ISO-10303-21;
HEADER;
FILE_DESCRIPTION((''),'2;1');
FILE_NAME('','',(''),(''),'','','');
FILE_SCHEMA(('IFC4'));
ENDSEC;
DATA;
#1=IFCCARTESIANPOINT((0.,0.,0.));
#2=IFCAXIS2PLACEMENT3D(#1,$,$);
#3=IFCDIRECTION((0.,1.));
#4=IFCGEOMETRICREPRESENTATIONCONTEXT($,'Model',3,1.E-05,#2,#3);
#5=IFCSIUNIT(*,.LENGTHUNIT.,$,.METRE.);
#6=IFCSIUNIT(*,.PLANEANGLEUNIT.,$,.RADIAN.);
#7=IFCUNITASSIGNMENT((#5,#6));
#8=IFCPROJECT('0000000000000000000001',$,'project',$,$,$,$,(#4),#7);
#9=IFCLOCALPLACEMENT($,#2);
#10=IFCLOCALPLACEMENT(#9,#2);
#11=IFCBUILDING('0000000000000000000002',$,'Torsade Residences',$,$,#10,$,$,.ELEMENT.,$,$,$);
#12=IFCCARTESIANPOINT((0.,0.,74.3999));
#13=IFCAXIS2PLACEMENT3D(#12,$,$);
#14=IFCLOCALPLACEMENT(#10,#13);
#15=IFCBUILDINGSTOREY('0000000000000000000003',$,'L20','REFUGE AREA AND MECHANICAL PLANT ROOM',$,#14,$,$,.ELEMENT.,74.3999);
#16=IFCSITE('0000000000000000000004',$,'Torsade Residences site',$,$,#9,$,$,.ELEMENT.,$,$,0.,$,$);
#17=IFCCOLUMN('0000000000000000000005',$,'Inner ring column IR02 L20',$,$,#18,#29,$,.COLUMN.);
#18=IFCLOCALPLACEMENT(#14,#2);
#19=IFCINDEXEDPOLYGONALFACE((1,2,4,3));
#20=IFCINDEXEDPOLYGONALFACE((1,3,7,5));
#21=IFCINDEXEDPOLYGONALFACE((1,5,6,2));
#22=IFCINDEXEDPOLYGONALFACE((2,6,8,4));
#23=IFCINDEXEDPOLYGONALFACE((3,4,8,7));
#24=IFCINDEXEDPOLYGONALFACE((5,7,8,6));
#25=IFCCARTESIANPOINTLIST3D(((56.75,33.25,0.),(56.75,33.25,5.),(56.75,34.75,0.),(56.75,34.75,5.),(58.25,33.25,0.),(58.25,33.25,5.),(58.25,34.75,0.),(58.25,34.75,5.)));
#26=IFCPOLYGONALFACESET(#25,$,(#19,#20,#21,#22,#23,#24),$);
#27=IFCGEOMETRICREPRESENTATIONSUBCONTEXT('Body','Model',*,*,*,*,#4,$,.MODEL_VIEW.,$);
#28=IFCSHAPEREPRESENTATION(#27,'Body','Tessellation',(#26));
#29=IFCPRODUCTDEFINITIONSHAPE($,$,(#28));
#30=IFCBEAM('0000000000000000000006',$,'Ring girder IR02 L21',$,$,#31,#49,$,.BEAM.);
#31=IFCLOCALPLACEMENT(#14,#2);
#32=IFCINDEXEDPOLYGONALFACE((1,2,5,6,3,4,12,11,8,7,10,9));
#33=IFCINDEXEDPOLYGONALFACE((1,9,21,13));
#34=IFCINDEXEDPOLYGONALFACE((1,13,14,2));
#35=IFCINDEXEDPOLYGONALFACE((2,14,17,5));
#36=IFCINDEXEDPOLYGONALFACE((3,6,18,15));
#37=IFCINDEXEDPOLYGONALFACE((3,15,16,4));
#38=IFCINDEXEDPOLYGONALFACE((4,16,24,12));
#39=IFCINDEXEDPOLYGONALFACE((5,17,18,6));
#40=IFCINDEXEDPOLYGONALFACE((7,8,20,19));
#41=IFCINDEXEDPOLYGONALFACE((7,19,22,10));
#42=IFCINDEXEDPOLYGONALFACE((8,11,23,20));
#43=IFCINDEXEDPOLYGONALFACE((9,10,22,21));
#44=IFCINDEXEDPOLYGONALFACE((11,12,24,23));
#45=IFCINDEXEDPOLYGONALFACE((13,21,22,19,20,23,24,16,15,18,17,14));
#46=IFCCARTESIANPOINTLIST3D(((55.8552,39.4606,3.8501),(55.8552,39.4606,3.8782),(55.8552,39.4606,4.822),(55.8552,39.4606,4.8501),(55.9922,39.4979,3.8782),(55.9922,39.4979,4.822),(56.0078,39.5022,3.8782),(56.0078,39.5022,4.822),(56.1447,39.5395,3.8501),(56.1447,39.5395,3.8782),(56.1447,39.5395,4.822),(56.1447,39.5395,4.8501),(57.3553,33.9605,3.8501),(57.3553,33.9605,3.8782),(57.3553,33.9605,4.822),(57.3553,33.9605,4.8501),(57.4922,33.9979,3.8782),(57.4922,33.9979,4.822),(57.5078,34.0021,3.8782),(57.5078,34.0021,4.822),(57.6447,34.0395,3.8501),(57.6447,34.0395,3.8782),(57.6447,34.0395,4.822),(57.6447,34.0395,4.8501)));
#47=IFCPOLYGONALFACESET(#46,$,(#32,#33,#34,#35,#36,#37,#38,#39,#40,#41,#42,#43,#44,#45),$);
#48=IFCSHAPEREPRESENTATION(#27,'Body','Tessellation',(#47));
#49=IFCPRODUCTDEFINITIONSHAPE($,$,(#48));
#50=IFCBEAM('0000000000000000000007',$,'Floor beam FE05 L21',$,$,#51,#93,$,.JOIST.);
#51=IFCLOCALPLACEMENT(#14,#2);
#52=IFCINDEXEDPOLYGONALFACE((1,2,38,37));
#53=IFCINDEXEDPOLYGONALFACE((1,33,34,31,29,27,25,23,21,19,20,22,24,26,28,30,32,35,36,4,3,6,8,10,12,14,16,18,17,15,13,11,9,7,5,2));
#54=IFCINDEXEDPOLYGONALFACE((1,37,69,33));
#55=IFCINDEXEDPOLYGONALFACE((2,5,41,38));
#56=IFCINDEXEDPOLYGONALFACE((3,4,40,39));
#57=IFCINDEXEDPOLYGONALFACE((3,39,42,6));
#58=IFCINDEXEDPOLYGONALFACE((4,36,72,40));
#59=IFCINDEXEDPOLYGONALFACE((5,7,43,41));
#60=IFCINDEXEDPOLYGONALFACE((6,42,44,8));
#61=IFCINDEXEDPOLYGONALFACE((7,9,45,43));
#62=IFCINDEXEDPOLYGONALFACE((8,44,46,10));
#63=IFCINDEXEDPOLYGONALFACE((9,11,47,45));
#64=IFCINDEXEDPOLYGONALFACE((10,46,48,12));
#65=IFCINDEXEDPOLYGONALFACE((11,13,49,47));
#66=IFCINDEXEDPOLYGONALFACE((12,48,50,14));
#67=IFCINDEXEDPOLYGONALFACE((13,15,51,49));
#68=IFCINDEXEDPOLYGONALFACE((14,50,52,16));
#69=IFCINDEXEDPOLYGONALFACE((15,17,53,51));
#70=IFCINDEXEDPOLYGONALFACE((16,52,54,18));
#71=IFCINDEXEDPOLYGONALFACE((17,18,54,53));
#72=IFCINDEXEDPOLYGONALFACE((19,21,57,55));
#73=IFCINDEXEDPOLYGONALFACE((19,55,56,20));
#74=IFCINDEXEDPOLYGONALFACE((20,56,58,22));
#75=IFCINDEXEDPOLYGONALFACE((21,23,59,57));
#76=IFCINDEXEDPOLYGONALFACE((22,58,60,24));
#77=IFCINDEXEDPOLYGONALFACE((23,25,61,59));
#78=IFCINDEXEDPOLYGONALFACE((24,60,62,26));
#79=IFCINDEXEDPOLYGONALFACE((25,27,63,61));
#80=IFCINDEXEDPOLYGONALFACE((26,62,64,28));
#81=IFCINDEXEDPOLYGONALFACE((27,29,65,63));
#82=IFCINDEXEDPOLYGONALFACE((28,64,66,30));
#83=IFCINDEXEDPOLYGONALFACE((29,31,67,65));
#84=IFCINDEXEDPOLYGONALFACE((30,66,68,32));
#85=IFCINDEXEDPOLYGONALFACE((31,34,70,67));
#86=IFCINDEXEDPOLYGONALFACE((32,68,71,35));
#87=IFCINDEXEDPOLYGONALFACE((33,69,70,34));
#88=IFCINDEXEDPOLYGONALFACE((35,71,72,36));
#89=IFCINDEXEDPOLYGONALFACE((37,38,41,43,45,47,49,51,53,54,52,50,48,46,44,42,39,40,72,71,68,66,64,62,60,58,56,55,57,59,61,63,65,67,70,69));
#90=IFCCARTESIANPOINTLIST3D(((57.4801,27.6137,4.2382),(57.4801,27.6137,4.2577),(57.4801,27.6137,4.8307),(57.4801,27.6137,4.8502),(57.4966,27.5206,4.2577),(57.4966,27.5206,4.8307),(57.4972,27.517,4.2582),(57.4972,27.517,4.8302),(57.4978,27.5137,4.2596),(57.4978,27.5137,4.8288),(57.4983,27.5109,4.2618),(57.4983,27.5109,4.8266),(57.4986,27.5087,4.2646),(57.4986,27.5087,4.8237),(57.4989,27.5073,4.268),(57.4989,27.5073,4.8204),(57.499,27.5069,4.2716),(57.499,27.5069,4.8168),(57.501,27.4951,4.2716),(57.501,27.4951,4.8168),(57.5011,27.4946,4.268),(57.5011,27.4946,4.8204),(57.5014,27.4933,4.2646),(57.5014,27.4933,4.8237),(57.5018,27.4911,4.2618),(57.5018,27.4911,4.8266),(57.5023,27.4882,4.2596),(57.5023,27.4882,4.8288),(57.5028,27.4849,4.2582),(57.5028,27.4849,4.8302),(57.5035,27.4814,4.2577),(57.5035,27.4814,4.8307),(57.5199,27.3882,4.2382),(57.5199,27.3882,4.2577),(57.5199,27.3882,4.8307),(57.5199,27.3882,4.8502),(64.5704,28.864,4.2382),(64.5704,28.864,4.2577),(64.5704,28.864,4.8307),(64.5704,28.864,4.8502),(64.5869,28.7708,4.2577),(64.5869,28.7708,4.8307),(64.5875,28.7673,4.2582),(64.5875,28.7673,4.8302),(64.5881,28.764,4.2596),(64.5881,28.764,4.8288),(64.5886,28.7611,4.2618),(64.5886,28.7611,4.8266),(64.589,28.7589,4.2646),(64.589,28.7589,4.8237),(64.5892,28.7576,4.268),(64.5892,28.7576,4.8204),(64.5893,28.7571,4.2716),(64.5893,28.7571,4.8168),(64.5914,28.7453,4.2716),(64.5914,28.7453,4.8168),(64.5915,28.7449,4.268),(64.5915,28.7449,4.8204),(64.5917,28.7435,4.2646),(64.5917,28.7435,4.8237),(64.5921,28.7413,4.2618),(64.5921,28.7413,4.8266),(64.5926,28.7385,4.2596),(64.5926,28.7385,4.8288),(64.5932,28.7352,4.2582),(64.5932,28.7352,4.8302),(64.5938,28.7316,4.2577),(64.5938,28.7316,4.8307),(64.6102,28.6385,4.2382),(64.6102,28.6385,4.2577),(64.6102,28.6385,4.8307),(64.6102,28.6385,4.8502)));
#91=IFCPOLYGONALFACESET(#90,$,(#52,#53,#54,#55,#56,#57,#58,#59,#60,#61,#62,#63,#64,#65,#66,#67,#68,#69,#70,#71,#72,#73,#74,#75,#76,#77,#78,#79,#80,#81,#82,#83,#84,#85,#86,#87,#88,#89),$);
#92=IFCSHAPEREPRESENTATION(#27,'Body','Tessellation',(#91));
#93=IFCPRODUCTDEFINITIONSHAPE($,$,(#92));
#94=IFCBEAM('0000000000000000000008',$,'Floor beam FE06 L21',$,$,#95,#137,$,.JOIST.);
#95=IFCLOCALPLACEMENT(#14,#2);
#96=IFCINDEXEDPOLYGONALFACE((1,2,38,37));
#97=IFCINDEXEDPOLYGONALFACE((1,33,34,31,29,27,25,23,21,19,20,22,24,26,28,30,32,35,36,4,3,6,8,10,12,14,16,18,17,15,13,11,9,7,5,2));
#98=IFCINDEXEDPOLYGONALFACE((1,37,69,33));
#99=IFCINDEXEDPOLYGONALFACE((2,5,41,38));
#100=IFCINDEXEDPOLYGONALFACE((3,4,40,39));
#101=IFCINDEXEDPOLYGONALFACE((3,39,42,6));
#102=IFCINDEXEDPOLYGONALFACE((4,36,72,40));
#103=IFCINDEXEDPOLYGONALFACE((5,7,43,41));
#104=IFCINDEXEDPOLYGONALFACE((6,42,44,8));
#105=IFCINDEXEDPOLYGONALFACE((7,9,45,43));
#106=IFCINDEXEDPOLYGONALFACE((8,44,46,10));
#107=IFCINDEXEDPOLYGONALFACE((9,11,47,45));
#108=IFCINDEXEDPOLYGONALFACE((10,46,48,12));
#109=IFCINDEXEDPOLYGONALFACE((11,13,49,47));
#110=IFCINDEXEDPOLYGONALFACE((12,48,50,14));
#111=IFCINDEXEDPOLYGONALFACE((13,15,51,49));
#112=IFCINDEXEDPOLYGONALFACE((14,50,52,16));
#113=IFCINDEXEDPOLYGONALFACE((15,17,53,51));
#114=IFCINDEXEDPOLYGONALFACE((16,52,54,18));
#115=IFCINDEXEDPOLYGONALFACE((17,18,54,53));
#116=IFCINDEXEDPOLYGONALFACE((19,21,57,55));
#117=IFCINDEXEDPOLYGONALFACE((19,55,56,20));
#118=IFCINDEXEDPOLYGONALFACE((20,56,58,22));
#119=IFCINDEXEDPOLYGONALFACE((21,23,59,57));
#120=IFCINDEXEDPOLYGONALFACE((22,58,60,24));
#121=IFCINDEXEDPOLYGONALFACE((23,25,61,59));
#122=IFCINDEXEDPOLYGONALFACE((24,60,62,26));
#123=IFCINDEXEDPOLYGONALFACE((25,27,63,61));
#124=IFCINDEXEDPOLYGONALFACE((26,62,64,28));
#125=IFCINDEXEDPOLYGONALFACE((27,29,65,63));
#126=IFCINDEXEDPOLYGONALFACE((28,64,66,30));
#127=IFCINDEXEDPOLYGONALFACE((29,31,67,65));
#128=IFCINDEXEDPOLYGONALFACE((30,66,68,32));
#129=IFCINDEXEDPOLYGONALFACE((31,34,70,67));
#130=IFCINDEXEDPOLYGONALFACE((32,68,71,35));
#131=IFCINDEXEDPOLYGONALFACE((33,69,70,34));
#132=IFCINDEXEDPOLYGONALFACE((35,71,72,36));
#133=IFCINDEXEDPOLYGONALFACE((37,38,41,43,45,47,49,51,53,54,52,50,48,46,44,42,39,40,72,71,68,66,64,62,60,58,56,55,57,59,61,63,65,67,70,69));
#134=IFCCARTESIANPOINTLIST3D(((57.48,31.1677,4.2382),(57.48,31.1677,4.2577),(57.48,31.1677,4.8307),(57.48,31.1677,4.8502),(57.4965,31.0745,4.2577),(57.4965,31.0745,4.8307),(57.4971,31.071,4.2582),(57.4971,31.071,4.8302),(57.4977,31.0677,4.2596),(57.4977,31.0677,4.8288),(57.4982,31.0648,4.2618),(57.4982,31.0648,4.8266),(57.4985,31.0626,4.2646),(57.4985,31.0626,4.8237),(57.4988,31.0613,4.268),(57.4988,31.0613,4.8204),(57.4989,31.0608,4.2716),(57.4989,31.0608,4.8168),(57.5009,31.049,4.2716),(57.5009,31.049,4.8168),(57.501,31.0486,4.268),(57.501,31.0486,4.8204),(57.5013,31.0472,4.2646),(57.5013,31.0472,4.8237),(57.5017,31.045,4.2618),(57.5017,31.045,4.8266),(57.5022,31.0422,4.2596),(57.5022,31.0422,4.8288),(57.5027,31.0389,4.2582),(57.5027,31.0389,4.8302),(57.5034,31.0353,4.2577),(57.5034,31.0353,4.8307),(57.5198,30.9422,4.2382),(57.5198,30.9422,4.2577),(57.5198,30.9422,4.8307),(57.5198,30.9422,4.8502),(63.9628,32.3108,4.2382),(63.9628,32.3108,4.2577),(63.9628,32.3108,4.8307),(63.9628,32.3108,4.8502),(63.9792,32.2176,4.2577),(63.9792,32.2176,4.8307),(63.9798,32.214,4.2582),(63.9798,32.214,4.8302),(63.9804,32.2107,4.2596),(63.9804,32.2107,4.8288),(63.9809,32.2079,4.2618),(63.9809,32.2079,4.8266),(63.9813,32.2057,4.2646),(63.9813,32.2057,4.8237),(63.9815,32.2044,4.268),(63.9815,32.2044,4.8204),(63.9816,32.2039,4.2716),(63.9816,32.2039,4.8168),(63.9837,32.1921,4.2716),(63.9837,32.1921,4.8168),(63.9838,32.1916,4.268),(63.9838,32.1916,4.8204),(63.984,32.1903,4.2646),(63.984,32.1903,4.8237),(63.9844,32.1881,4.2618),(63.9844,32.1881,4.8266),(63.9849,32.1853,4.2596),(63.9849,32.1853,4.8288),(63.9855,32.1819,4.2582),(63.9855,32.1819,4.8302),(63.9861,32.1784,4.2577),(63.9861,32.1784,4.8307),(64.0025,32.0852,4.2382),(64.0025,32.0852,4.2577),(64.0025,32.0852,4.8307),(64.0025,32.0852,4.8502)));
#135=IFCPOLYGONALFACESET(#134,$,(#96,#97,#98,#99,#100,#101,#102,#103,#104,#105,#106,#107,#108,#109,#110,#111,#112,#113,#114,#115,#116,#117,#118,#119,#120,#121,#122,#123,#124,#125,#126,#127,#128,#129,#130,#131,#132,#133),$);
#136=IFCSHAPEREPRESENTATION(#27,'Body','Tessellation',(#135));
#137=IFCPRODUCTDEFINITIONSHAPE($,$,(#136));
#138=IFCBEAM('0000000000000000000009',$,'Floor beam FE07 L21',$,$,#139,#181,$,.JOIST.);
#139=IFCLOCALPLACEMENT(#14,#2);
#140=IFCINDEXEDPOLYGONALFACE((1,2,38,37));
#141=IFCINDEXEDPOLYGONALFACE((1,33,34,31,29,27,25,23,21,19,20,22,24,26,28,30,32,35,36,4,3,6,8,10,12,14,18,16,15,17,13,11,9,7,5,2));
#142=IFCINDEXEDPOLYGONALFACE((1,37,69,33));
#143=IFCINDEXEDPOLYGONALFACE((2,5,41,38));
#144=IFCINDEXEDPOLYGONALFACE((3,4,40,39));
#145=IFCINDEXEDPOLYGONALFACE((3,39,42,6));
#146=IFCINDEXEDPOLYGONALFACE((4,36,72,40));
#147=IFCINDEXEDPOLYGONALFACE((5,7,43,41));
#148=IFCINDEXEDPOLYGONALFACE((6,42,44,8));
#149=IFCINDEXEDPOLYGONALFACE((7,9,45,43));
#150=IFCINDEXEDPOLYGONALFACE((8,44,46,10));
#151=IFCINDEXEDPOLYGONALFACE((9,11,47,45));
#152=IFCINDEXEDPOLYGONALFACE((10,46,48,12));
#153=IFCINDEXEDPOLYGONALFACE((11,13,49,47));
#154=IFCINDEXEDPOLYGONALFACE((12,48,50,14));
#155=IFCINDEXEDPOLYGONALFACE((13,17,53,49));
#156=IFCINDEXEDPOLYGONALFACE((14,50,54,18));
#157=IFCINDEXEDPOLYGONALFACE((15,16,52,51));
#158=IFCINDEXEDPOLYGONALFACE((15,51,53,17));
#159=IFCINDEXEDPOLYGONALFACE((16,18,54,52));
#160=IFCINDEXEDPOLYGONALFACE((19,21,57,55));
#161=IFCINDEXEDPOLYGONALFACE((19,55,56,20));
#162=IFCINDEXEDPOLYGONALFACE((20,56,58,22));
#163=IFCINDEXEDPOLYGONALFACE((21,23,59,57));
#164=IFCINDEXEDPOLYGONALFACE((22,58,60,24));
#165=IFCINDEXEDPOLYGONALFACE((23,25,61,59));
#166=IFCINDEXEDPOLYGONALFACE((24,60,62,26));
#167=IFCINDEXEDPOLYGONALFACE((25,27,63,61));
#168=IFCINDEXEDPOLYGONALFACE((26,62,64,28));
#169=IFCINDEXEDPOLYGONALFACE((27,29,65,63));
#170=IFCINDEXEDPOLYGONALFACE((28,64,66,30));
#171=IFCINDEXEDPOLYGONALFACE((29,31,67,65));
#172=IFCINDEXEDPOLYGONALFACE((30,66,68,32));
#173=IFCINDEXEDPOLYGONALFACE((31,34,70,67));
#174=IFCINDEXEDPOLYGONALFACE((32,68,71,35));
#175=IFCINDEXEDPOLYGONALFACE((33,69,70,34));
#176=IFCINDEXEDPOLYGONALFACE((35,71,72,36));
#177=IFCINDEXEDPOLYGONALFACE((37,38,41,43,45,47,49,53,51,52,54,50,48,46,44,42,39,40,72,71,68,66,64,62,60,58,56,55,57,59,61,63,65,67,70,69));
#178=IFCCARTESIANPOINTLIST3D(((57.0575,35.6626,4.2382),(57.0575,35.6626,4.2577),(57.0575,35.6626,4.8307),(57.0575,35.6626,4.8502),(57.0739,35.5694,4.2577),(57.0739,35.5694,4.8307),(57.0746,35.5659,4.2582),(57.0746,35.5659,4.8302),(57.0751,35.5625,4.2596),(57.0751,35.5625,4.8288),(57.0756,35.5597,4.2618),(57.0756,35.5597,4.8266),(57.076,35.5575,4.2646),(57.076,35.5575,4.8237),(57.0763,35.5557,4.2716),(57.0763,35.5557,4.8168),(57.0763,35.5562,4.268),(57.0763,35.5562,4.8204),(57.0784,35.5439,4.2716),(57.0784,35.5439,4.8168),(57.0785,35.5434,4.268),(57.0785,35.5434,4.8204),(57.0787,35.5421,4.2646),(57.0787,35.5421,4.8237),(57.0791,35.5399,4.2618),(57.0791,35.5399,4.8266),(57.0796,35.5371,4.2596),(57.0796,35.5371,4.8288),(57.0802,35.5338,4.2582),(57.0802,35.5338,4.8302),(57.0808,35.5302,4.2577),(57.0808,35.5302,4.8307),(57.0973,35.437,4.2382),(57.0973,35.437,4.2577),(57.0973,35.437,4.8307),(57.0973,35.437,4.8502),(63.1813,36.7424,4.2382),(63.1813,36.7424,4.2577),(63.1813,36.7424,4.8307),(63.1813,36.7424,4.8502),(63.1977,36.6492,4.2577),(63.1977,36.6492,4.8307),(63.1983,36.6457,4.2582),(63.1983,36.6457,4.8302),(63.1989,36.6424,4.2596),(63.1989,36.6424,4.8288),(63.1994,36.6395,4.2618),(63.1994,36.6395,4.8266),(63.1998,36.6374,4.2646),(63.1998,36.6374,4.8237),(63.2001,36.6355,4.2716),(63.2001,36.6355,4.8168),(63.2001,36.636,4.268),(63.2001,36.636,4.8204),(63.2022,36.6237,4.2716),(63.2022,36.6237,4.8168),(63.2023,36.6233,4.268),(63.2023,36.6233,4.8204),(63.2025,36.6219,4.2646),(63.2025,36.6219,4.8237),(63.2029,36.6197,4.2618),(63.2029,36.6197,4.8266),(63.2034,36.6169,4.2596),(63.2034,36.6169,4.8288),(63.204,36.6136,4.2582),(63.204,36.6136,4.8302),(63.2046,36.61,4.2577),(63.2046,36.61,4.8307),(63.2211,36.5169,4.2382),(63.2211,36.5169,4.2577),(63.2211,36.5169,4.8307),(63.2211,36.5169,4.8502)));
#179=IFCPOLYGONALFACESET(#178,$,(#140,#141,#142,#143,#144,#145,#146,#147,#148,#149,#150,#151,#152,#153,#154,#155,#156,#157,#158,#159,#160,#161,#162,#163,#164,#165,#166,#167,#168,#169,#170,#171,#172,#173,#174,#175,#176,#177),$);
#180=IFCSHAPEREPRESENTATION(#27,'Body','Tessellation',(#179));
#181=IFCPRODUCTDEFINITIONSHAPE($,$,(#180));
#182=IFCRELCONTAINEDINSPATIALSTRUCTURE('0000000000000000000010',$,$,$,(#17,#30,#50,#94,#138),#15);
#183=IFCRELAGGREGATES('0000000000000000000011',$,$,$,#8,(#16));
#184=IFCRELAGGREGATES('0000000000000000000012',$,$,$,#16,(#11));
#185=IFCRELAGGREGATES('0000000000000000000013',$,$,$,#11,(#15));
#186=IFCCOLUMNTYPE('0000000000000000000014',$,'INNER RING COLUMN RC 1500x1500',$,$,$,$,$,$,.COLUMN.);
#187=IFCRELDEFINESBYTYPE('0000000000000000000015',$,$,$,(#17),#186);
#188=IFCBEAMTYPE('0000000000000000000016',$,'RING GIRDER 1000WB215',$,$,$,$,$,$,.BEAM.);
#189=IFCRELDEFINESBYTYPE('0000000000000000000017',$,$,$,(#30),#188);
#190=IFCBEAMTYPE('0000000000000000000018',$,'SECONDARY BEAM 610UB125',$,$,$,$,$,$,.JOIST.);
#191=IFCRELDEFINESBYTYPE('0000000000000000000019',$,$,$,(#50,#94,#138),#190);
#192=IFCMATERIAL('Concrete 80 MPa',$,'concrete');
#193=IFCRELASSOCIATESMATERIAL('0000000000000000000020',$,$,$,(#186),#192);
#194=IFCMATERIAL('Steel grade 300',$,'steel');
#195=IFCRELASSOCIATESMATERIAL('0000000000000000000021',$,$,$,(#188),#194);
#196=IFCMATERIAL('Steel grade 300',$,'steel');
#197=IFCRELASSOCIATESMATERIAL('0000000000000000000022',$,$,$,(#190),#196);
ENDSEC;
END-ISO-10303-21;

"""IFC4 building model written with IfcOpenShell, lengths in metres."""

from ifc_helpers import new_model, si_unit, direction, frame, origin, origin_2d, place, context, subcontext, project, spatial, rectangle, i_section, extrude, material, material_profile, profile_set, type_object, element, save


model = new_model("IFC4")

# Units and contexts
model_context = context("Model", 3, precision=1e-05, world=origin(), true_north=direction((0.0, 1.0)))
body_context = subcontext(model_context, "Body", "Model", "MODEL_VIEW")
ifc_project = project(units=[si_unit("LENGTHUNIT", "METRE"), si_unit("PLANEANGLEUNIT", "RADIAN")], contexts=[model_context])

# Site, building, storey
site_placement = place(None, origin())
site = spatial("IfcSite", under=ifc_project, at=site_placement, Name="Torsade Residences site", CompositionType="ELEMENT", RefElevation=0.0)
building_placement = place(site_placement, origin())
building = spatial("IfcBuilding", under=site, at=building_placement, Name="Torsade Residences", CompositionType="ELEMENT")
storey_placement = place(building_placement, frame((0.0, 0.0, 74.3999)))
storey = spatial("IfcBuildingStorey", under=building, at=storey_placement, Name="L20", Description="REFUGE AREA AND MECHANICAL PLANT ROOM", CompositionType="ELEMENT", Elevation=74.3999)

# Column
ifc_material_1 = material(Name="Concrete 80 MPa", Category="concrete")
ifc_material_profile_1 = material_profile(ifc_material_1, rectangle(XDim=1.5, YDim=1.5, at=origin_2d()), Name="RC 1500x1500")
ifc_profile_set_1 = profile_set([ifc_material_profile_1], Name="Concrete 80 MPa")
column_type = type_object("IfcColumnType", Name="INNER RING COLUMN RC 1500x1500", PredefinedType="COLUMN", material=ifc_profile_set_1)
column_placement = place(storey_placement, frame((57.5, 34.0, 0.0), z_axis=(0.0, 0.0, 1.0), x_axis=(1.0, 0.0, 0.0)))
element("IfcColumn", 1, at=column_placement, inside=storey, type_object=column_type, Name="Inner ring column IR02 L20", PredefinedType="COLUMN", context=body_context, shape_type="SweptSolid", body=[
    extrude(rectangle(XDim=1.5, YDim=1.5, at=origin_2d()), origin(), (0.0, 0.0, 1.0), 5.0),
])

# Beams
ifc_material_2 = material(Name="Steel grade 300", Category="steel")
ifc_material_profile_2 = material_profile(ifc_material_2, i_section(OverallWidth=0.3, OverallDepth=1.0, WebThickness=0.0161, FlangeThickness=0.0281, at=origin_2d()), Name="1000WB215")
ifc_profile_set_2 = profile_set([ifc_material_profile_2], Name="Steel grade 300")
beam_type_1 = type_object("IfcBeamType", Name="RING GIRDER 1000WB215", PredefinedType="BEAM", material=ifc_profile_set_2)
beam_1_placement = place(storey_placement, frame((57.5, 34.0, 4.3501), z_axis=(-0.263117, 0.964764, 0.0), x_axis=(-0.964764, -0.263117, 0.0)))
element("IfcBeam", 2, at=beam_1_placement, inside=storey, type_object=beam_type_1, Name="Ring girder IR02 L21", PredefinedType="BEAM", context=body_context, shape_type="SweptSolid", body=[
    extrude(i_section(OverallWidth=0.3, OverallDepth=1.0, WebThickness=0.0161, FlangeThickness=0.0281, at=origin_2d()), origin(), (0.0, 0.0, 1.0), 5.7009),
])
ifc_material_3 = material(Name="Steel grade 300", Category="steel")
ifc_material_profile_3 = material_profile(ifc_material_3, i_section(OverallWidth=0.229, OverallDepth=0.6121, WebThickness=0.012, FlangeThickness=0.0195, FilletRadius=0.0139, at=origin_2d()), Name="610UB125")
ifc_profile_set_3 = profile_set([ifc_material_profile_3], Name="Steel grade 300")
beam_type_2 = type_object("IfcBeamType", Name="SECONDARY BEAM 610UB125", PredefinedType="JOIST", material=ifc_profile_set_3)
beam_2_placement = place(storey_placement, frame((64.5903, 28.7512, 4.5442), z_axis=(-0.984807, -0.173652, 0.0), x_axis=(0.173652, -0.984807, 0.0)))
element("IfcBeam", 3, at=beam_2_placement, inside=storey, type_object=beam_type_2, Name="Floor beam FE05 L21", PredefinedType="JOIST", context=body_context, shape_type="SweptSolid", body=[
    extrude(i_section(OverallWidth=0.229, OverallDepth=0.6121, WebThickness=0.012, FlangeThickness=0.0195, FilletRadius=0.0139, at=origin_2d()), origin(), (0.0, 0.0, 1.0), 7.1997),
])
beam_3_placement = place(storey_placement, frame((63.9827, 32.198, 4.5442), z_axis=(-0.984808, -0.173648, 0.0), x_axis=(0.173648, -0.984808, 0.0)))
element("IfcBeam", 4, at=beam_3_placement, inside=storey, type_object=beam_type_2, Name="Floor beam FE06 L21", PredefinedType="JOIST", context=body_context, shape_type="SweptSolid", body=[
    extrude(i_section(OverallWidth=0.229, OverallDepth=0.6121, WebThickness=0.012, FlangeThickness=0.0195, FilletRadius=0.0139, at=origin_2d()), origin(), (0.0, 0.0, 1.0), 6.5828),
])
beam_4_placement = place(storey_placement, frame((63.2012, 36.6296, 4.5442), z_axis=(-0.984806, -0.173655, 0.0), x_axis=(0.173655, -0.984806, 0.0)))
element("IfcBeam", 5, at=beam_4_placement, inside=storey, type_object=beam_type_2, Name="Floor beam FE07 L21", PredefinedType="JOIST", context=body_context, shape_type="SweptSolid", body=[
    extrude(i_section(OverallWidth=0.229, OverallDepth=0.6121, WebThickness=0.012, FlangeThickness=0.0195, FilletRadius=0.0139, at=origin_2d()), origin(), (0.0, 0.0, 1.0), 6.2183),
])

save(model, "model.ifc")
